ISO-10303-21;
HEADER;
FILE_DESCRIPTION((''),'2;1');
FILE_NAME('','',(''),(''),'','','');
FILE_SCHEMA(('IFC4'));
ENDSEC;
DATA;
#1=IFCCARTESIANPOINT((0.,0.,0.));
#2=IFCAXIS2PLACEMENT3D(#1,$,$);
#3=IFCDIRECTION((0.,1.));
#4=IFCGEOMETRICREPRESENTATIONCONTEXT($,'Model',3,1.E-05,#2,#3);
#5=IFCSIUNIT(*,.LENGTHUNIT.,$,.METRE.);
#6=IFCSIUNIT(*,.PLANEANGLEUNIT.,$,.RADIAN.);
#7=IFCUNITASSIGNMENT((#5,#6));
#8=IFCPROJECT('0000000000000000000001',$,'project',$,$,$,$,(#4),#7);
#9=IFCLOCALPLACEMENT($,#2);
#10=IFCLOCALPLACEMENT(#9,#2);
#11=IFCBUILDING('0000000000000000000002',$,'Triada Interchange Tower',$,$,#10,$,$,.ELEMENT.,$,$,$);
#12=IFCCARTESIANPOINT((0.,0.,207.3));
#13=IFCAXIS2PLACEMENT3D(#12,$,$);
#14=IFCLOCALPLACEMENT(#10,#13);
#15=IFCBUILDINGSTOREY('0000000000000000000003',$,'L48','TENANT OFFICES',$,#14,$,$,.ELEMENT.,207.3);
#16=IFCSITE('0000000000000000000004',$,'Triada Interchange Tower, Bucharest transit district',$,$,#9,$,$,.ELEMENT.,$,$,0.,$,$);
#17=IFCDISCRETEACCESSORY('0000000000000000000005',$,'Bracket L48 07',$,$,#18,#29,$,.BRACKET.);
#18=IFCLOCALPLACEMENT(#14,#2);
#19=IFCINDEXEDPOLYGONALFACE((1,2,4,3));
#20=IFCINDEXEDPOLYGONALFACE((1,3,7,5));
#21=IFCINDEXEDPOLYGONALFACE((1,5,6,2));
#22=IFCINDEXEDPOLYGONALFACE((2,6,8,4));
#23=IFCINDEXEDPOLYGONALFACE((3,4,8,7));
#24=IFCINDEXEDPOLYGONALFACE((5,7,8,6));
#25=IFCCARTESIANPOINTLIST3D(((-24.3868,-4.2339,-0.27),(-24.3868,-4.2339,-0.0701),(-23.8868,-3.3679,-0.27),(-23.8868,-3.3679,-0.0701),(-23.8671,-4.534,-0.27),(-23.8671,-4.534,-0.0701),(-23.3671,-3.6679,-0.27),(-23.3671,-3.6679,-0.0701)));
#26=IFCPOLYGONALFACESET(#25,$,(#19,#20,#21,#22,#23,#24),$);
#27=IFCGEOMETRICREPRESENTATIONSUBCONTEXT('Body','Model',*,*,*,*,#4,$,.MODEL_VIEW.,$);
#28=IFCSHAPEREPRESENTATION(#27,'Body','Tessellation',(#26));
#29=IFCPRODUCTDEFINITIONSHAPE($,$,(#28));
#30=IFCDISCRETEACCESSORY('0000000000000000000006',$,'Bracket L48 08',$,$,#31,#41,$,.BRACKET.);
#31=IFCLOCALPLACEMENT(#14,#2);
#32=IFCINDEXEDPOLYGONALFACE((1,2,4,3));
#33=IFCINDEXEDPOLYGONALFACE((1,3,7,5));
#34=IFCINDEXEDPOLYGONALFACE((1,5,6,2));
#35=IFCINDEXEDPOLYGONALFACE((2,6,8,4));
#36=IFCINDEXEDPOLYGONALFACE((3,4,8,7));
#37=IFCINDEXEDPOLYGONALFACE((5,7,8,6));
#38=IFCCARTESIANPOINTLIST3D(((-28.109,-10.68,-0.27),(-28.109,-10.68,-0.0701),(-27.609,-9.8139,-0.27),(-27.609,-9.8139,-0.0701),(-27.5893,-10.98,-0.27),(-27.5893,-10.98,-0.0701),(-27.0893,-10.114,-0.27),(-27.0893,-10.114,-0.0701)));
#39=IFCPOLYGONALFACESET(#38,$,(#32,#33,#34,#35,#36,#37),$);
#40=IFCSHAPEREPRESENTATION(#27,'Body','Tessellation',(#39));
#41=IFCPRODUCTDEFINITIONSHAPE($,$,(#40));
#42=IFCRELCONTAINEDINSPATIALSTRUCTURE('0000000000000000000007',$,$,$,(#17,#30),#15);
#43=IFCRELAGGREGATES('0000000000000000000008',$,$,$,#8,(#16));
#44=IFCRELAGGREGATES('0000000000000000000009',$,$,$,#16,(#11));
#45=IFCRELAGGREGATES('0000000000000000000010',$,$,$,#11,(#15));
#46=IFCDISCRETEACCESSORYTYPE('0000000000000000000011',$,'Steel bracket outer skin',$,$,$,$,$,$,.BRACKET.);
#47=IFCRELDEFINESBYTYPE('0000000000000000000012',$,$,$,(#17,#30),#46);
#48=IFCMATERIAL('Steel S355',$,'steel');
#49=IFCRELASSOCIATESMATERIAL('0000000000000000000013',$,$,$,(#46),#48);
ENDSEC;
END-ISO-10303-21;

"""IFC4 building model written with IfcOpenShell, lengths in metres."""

from ifc_helpers import new_model, si_unit, direction, frame, origin, origin_2d, place, context, subcontext, project, spatial, rectangle, extrude, material, type_object, element, save


model = new_model("IFC4")

# Units and contexts
model_context = context("Model", 3, precision=1e-05, world=origin(), true_north=direction((0.0, 1.0)))
body_context = subcontext(model_context, "Body", "Model", "MODEL_VIEW")
ifc_project = project(units=[si_unit("LENGTHUNIT", "METRE"), si_unit("PLANEANGLEUNIT", "RADIAN")], contexts=[model_context])

# Site, building, storey
site_placement = place(None, origin())
site = spatial("IfcSite", under=ifc_project, at=site_placement, Name="Triada Interchange Tower, Bucharest transit district", CompositionType="ELEMENT", RefElevation=0.0)
building_placement = place(site_placement, origin())
building = spatial("IfcBuilding", under=site, at=building_placement, Name="Triada Interchange Tower", CompositionType="ELEMENT")
storey_placement = place(building_placement, frame((0.0, 0.0, 207.3)))
storey = spatial("IfcBuildingStorey", under=building, at=storey_placement, Name="L48", Description="TENANT OFFICES", CompositionType="ELEMENT", Elevation=207.3)

# Discrete accessories
ifc_material_1 = material(Name="Steel S355", Category="steel")
discrete_accessory_type = type_object("IfcDiscreteAccessoryType", Name="Steel bracket outer skin", PredefinedType="BRACKET", material=ifc_material_1)
for number, where, z_axis, x_axis, name in (
    (1, (-23.877, -3.9509, -0.27), (0.0, 0.0, 1.0), (-0.866021, 0.500007, 0.0), "Bracket L48 07"),
    (2, (-27.5991, -10.397, -0.27), (0.0, 0.0, 1.0), (-0.866021, 0.500007, 0.0), "Bracket L48 08"),
):
    element("IfcDiscreteAccessory", number, at=place(storey_placement, frame(where, z_axis=z_axis, x_axis=x_axis)), inside=storey, type_object=discrete_accessory_type, Name=name, PredefinedType="BRACKET", context=body_context, shape_type="SweptSolid", body=[
        extrude(rectangle(XDim=0.6001, YDim=1.0, at=origin_2d()), origin(), (0.0, 0.0, 1.0), 0.2),
    ])

save(model, "model.ifc")
